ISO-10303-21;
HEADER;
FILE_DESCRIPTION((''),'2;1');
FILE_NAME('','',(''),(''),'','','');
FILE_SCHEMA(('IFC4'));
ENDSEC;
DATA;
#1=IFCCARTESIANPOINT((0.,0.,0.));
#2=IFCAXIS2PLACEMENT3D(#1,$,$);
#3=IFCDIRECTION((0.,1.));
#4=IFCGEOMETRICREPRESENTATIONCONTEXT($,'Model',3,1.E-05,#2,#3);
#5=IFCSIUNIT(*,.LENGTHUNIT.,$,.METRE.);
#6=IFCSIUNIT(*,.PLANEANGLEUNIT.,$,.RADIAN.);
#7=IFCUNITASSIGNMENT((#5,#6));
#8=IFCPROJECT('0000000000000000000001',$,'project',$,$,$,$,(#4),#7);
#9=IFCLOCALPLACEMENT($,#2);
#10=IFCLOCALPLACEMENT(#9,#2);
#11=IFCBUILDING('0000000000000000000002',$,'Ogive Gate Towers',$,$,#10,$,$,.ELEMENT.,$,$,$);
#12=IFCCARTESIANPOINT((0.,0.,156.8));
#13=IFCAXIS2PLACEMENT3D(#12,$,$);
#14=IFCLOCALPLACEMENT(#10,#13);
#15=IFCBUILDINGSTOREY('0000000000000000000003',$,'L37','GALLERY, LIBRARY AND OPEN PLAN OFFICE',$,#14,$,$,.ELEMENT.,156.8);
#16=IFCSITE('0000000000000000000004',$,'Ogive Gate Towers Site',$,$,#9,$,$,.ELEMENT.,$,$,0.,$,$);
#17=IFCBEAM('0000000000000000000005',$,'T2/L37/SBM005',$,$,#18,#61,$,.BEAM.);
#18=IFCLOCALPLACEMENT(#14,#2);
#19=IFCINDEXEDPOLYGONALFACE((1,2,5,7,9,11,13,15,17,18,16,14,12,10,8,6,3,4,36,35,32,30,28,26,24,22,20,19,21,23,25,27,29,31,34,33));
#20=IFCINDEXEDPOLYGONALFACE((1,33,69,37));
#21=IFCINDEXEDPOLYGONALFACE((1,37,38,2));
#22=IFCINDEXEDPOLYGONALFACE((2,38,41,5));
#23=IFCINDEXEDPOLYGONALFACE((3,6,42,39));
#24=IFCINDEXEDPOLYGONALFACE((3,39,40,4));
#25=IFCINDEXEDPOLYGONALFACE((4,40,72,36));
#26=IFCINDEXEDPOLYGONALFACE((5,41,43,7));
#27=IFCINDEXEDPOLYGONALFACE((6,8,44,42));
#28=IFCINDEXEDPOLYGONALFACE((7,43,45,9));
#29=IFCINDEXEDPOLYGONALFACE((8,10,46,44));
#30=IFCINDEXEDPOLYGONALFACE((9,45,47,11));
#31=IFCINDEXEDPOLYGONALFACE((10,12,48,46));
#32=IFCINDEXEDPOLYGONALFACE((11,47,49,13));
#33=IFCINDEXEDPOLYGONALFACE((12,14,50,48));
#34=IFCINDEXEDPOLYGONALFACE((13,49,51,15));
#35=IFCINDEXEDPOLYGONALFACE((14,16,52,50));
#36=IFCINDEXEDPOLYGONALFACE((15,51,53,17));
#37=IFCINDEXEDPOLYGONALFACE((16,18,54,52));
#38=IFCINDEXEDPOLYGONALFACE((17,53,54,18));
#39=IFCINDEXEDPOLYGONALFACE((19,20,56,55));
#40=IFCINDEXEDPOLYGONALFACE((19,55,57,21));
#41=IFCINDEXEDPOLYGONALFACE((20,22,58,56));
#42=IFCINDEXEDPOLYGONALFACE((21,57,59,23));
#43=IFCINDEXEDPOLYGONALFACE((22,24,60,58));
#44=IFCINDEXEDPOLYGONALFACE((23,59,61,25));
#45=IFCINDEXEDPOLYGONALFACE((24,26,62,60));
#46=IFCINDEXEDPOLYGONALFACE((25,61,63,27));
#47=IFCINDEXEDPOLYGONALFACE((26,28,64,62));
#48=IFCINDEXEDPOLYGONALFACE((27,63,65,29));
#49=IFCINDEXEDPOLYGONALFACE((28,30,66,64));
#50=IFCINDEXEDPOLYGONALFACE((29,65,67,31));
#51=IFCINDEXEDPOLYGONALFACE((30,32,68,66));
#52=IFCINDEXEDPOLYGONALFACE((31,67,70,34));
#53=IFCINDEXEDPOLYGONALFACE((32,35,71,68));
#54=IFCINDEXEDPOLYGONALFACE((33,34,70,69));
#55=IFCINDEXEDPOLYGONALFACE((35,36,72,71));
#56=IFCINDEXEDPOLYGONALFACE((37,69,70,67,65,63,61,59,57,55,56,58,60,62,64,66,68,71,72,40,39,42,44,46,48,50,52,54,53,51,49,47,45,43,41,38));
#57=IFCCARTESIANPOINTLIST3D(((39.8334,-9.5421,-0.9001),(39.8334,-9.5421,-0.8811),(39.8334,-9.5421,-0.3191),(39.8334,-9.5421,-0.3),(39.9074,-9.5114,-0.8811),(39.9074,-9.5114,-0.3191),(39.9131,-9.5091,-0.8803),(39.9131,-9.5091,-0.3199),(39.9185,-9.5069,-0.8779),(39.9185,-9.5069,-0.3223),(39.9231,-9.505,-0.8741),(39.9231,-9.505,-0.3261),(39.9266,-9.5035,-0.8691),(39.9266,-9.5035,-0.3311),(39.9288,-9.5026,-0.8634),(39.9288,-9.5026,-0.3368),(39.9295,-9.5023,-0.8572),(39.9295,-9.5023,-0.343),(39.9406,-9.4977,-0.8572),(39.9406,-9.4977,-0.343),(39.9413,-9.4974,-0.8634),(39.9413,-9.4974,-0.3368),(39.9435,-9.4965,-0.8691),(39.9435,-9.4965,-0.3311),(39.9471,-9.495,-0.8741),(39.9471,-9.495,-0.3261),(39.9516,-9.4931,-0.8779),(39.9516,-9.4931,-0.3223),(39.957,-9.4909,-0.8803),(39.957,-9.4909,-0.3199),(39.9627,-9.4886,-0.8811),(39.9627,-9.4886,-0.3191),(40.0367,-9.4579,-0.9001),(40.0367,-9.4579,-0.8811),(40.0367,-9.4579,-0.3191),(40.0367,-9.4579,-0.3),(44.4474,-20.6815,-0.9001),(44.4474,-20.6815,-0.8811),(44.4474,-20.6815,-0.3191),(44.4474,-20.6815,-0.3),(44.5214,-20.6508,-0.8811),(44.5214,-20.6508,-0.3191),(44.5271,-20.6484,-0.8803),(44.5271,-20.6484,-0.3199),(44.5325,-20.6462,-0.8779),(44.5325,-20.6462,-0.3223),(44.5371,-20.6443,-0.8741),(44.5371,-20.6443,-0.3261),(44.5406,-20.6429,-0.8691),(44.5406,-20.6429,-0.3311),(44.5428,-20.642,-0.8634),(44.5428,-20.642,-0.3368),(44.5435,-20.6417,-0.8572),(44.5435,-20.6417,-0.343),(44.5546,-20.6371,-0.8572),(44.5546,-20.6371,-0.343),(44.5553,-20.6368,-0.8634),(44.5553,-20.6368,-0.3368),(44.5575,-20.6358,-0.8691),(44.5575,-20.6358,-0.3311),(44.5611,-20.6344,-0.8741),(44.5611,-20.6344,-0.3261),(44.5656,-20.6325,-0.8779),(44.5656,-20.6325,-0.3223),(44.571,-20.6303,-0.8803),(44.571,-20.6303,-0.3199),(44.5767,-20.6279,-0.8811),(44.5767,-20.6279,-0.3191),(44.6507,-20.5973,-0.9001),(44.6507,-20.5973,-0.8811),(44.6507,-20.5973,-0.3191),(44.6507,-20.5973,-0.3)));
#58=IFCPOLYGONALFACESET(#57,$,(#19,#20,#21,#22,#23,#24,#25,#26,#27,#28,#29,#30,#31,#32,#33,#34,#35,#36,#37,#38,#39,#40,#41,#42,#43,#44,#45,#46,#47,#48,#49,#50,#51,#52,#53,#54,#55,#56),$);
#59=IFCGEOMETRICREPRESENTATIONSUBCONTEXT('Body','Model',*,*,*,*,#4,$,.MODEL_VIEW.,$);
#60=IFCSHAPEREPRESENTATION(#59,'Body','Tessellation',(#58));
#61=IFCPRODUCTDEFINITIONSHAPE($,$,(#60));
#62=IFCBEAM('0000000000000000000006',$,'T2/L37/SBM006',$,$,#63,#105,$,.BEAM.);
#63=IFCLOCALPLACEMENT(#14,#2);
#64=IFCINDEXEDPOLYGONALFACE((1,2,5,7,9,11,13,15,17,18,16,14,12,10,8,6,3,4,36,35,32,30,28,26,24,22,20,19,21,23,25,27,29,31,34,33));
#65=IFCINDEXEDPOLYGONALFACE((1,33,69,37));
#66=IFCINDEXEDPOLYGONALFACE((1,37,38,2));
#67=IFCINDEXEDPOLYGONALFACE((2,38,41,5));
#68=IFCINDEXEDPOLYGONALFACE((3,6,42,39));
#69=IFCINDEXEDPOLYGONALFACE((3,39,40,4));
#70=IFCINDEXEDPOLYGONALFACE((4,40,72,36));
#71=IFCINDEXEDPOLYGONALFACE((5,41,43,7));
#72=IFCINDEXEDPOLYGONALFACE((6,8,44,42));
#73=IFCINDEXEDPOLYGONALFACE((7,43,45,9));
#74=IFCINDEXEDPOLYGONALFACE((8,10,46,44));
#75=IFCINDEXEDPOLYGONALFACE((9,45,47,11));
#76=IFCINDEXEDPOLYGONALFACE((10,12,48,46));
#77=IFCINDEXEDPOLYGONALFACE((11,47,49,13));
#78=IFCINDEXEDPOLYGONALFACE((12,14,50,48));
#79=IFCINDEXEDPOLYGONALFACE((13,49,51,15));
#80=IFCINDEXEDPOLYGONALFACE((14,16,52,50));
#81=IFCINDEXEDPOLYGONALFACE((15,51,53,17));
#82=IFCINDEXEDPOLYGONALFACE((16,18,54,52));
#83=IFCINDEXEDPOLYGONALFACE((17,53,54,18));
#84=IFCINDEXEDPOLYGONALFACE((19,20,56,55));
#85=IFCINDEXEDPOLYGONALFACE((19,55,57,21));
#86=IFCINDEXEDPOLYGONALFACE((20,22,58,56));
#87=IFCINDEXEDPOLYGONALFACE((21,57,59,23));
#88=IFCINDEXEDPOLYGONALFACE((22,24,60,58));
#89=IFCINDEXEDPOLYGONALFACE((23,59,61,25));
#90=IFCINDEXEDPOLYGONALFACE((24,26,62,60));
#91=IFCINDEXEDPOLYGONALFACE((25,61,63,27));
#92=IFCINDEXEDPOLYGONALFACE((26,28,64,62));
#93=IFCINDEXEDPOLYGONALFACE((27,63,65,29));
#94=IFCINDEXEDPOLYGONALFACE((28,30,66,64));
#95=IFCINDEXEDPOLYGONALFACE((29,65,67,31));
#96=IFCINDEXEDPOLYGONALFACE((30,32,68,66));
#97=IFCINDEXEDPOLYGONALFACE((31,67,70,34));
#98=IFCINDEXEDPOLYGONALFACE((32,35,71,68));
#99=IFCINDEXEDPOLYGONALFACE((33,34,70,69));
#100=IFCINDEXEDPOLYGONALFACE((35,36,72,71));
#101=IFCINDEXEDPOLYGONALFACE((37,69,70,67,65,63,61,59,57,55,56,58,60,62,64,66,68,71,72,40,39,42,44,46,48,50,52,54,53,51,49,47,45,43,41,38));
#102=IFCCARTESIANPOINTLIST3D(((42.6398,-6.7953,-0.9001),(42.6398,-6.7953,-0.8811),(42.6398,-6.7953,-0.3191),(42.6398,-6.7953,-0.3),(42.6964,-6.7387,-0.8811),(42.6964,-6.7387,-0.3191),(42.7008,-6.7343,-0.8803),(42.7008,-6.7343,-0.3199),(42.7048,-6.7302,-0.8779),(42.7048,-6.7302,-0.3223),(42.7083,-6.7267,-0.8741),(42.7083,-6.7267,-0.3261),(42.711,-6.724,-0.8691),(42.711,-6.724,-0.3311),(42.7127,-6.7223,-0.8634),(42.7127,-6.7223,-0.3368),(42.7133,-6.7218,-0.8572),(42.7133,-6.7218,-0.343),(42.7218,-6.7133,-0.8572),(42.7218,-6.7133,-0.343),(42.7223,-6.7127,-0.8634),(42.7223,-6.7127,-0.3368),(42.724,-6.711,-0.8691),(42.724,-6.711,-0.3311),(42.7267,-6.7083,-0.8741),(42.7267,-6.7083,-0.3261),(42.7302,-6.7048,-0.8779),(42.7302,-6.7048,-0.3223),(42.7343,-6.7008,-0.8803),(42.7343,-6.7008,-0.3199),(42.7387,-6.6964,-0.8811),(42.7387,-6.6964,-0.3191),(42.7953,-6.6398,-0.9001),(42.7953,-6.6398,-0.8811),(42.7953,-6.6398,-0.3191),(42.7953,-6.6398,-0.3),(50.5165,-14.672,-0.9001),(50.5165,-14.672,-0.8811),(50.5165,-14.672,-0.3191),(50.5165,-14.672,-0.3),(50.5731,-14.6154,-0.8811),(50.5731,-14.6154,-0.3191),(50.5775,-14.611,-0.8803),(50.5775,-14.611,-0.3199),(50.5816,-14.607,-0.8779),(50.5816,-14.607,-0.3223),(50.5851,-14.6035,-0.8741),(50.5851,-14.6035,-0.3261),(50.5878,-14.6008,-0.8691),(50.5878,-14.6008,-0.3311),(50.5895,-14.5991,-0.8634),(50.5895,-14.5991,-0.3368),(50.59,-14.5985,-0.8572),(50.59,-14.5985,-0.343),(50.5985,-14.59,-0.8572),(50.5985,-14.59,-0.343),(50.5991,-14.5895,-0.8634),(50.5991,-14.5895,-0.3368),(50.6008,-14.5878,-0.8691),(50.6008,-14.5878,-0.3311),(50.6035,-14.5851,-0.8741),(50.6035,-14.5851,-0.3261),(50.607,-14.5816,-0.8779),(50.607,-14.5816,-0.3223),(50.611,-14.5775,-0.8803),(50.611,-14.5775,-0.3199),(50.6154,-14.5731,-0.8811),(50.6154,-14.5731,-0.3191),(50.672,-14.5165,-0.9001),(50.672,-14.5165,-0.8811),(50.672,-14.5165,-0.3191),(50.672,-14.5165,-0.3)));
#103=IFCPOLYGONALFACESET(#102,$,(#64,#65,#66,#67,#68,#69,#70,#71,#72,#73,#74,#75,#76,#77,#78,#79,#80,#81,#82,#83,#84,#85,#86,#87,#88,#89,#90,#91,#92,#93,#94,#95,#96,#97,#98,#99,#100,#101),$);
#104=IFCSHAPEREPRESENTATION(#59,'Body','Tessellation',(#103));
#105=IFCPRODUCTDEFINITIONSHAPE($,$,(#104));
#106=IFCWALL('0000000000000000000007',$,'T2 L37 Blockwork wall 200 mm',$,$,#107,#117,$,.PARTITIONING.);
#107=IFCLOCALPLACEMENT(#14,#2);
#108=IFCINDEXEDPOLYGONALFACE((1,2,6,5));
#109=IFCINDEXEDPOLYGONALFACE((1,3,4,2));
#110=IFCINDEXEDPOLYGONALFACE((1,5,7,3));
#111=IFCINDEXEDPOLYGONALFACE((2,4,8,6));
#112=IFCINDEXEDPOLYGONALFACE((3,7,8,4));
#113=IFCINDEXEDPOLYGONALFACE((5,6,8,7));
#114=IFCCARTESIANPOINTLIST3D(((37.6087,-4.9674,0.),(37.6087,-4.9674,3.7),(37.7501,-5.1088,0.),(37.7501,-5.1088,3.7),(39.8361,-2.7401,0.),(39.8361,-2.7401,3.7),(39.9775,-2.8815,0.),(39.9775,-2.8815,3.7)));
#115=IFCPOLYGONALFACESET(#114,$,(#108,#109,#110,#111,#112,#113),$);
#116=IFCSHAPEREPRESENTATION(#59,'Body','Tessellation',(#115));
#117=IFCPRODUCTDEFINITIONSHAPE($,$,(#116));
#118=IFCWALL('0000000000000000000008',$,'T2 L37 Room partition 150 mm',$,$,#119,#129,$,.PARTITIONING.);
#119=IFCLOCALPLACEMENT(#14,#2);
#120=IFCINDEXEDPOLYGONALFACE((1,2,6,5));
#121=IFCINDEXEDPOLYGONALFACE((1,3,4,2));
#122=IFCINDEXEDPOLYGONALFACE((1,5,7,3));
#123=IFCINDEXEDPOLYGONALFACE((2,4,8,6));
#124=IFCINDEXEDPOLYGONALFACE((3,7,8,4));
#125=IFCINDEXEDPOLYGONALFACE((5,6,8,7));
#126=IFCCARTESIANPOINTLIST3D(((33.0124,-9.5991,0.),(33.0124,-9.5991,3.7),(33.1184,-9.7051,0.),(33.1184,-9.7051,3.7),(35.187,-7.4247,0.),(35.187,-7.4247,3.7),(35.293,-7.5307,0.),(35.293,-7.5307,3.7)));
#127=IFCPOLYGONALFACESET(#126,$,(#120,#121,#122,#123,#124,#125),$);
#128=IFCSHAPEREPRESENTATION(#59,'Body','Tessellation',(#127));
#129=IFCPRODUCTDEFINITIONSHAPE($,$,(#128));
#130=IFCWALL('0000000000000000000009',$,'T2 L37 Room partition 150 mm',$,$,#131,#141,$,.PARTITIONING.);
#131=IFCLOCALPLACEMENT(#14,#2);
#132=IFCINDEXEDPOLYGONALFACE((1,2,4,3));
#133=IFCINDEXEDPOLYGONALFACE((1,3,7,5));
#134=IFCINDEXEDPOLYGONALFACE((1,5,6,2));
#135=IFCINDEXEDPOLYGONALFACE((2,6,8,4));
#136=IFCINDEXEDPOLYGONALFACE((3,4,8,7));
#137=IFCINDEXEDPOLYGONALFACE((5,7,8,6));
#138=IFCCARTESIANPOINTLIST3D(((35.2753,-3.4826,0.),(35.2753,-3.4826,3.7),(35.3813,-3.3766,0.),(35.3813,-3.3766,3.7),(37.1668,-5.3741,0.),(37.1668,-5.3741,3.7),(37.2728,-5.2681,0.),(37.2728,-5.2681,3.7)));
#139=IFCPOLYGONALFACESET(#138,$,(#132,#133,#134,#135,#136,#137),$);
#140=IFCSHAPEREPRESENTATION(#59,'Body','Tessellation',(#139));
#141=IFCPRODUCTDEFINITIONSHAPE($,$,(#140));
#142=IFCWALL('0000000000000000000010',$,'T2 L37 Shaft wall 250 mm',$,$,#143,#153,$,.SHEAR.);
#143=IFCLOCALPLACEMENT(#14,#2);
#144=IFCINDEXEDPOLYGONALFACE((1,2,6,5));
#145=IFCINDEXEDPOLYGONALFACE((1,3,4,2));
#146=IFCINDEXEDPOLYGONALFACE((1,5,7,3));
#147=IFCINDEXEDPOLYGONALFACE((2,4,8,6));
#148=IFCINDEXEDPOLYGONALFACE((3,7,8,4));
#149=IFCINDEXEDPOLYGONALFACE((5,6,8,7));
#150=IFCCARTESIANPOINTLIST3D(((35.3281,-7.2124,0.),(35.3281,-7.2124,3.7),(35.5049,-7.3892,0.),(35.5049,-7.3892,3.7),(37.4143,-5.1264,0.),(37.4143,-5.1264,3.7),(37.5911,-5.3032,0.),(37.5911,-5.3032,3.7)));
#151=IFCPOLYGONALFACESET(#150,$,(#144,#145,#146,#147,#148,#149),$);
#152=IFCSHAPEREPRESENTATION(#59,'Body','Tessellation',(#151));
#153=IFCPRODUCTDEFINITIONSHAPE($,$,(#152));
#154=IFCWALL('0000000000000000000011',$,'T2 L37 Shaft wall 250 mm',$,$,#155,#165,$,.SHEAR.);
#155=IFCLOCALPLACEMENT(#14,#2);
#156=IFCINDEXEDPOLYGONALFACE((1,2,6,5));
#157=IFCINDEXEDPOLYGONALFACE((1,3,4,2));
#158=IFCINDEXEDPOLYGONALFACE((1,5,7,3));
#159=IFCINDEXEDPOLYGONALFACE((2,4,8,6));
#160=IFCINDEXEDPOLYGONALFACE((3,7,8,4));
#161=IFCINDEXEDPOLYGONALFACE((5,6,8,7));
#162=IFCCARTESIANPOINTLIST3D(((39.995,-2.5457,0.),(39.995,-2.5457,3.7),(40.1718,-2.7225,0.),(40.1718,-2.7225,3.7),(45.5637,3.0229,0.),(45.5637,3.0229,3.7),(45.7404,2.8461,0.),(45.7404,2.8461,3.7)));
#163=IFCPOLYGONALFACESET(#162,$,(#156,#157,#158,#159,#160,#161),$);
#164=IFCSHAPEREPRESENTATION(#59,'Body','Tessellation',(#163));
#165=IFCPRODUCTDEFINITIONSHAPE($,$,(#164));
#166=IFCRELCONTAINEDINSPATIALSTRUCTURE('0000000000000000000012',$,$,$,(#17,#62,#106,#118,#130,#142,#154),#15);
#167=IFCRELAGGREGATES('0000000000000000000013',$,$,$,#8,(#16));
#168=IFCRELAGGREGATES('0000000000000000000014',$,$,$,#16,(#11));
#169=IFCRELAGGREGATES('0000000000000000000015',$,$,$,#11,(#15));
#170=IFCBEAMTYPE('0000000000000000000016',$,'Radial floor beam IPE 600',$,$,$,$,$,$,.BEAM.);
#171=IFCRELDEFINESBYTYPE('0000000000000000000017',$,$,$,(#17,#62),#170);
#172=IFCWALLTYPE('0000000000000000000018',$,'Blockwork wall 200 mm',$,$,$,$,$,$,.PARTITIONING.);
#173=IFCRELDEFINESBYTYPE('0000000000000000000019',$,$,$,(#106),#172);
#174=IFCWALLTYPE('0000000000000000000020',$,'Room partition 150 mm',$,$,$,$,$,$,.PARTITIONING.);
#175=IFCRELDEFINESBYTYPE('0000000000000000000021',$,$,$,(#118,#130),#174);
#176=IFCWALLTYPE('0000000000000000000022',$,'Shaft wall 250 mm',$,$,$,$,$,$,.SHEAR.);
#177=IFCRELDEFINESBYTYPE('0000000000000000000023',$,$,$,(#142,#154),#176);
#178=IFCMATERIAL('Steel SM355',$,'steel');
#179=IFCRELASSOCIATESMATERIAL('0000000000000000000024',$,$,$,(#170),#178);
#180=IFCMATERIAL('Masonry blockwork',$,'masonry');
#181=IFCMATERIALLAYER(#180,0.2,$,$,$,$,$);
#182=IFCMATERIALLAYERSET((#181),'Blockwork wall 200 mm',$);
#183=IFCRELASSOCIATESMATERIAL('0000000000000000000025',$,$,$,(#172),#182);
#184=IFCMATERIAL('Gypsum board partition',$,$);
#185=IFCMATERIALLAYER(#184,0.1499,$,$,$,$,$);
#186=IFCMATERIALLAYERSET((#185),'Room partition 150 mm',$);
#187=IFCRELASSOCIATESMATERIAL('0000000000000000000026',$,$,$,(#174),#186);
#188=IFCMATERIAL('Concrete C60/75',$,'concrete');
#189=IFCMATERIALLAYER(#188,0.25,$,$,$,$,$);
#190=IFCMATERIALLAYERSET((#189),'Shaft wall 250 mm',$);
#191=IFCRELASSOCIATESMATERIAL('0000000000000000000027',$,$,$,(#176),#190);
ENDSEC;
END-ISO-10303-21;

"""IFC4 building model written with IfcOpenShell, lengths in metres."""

from ifc_helpers import new_model, si_unit, direction, frame, frame_2d, origin, origin_2d, place, context, subcontext, project, spatial, rectangle, i_section, extrude, material, layer, layer_set, material_profile, profile_set, type_object, element, save


model = new_model("IFC4")

# Units and contexts
model_context = context("Model", 3, precision=1e-05, world=origin(), true_north=direction((0.0, 1.0)))
body_context = subcontext(model_context, "Body", "Model", "MODEL_VIEW")
ifc_project = project(units=[si_unit("LENGTHUNIT", "METRE"), si_unit("PLANEANGLEUNIT", "RADIAN")], contexts=[model_context])

# Site, building, storey
site_placement = place(None, origin())
site = spatial("IfcSite", under=ifc_project, at=site_placement, Name="Ogive Gate Towers Site", CompositionType="ELEMENT", RefElevation=0.0)
building_placement = place(site_placement, origin())
building = spatial("IfcBuilding", under=site, at=building_placement, Name="Ogive Gate Towers", CompositionType="ELEMENT")
storey_placement = place(building_placement, frame((0.0, 0.0, 156.8)))
storey = spatial("IfcBuildingStorey", under=building, at=storey_placement, Name="L37", Description="GALLERY, LIBRARY AND OPEN PLAN OFFICE", CompositionType="ELEMENT", Elevation=156.8)

# Beams
ifc_material_1 = material(Name="Steel SM355", Category="steel")
ifc_material_profile = material_profile(ifc_material_1, i_section(OverallWidth=0.22, OverallDepth=0.6001, WebThickness=0.012, FlangeThickness=0.019, FilletRadius=0.0239, at=origin_2d()), Name="IPE 600")
ifc_profile_set = profile_set([ifc_material_profile], Name="Steel SM355")
beam_type = type_object("IfcBeamType", Name="Radial floor beam IPE 600", PredefinedType="BEAM", material=ifc_profile_set)
beam_1_placement = place(storey_placement, frame((39.9351, -9.5, -0.6001), z_axis=(0.382678, -0.923882, 0.0), x_axis=(0.923882, 0.382678, 0.0)))
element("IfcBeam", 1, at=beam_1_placement, inside=storey, type_object=beam_type, Name="T2/L37/SBM005", PredefinedType="BEAM", context=body_context, shape_type="SweptSolid", body=[
    extrude(i_section(OverallWidth=0.22, OverallDepth=0.6001, WebThickness=0.012, FlangeThickness=0.019, FilletRadius=0.0239, at=origin_2d()), origin(), (0.0, 0.0, 1.0), 12.0571),
])
beam_2_placement = place(storey_placement, frame((42.7175, -6.7175, -0.6001), z_axis=(0.707107, -0.707107, 0.0), x_axis=(0.707107, 0.707107, 0.0)))
element("IfcBeam", 2, at=beam_2_placement, inside=storey, type_object=beam_type, Name="T2/L37/SBM006", PredefinedType="BEAM", context=body_context, shape_type="SweptSolid", body=[
    extrude(i_section(OverallWidth=0.22, OverallDepth=0.6001, WebThickness=0.012, FlangeThickness=0.019, FilletRadius=0.0239, at=origin_2d()), origin(), (0.0, 0.0, 1.0), 11.1394),
])

# Walls
ifc_material_2 = material(Name="Masonry blockwork", Category="masonry")
ifc_layer_1 = layer(ifc_material_2, 0.2)
ifc_layer_set_1 = layer_set([ifc_layer_1], Name="Blockwork wall 200 mm")
wall_type_1 = type_object("IfcWallType", Name="Blockwork wall 200 mm", PredefinedType="PARTITIONING", material=ifc_layer_set_1)
wall_1_placement = place(storey_placement, frame((37.6794, -5.0381, 0.0), z_axis=(0.0, 0.0, 1.0), x_axis=(0.707107, 0.707107, 0.0)))
element("IfcWall", 3, at=wall_1_placement, inside=storey, type_object=wall_type_1, Name="T2 L37 Blockwork wall 200 mm", PredefinedType="PARTITIONING", context=body_context, shape_type="SweptSolid", body=[
    extrude(rectangle(XDim=3.1499, YDim=0.2, at=frame_2d((1.575, 0.0))), origin(), (0.0, 0.0, 1.0), 3.7),
])
ifc_material_3 = material(Name="Gypsum board partition")
ifc_layer_2 = layer(ifc_material_3, 0.1499)
ifc_layer_set_2 = layer_set([ifc_layer_2], Name="Room partition 150 mm")
wall_type_2 = type_object("IfcWallType", Name="Room partition 150 mm", PredefinedType="PARTITIONING", material=ifc_layer_set_2)
wall_2_placement = place(storey_placement, frame((33.0654, -9.6521, 0.0), z_axis=(0.0, 0.0, 1.0), x_axis=(0.707146, 0.707067, 0.0)))
element("IfcWall", 4, at=wall_2_placement, inside=storey, type_object=wall_type_2, Name="T2 L37 Room partition 150 mm", PredefinedType="PARTITIONING", context=body_context, shape_type="SweptSolid", body=[
    extrude(rectangle(XDim=3.0752, YDim=0.1499, at=frame_2d((1.5376, 0.0))), origin(), (0.0, 0.0, 1.0), 3.7),
])
wall_3_placement = place(storey_placement, frame((37.2197, -5.321, 0.0), z_axis=(0.0, 0.0, 1.0), x_axis=(-0.707107, 0.707107, 0.0)))
element("IfcWall", 5, at=wall_3_placement, inside=storey, type_object=wall_type_2, Name="T2 L37 Room partition 150 mm", PredefinedType="PARTITIONING", context=body_context, shape_type="SweptSolid", body=[
    extrude(rectangle(XDim=2.675, YDim=0.1499, at=frame_2d((1.3374, 0.0))), origin(), (0.0, 0.0, 1.0), 3.7),
])
ifc_material_4 = material(Name="Concrete C60/75", Category="concrete")
ifc_layer_3 = layer(ifc_material_4, 0.25)
ifc_layer_set_3 = layer_set([ifc_layer_3], Name="Shaft wall 250 mm")
wall_type_3 = type_object("IfcWallType", Name="Shaft wall 250 mm", PredefinedType="SHEAR", material=ifc_layer_set_3)
wall_4_placement = place(storey_placement, frame((35.4165, -7.3008, 0.0), z_axis=(0.0, 0.0, 1.0), x_axis=(0.707148, 0.707065, 0.0)))
element("IfcWall", 6, at=wall_4_placement, inside=storey, type_object=wall_type_3, Name="T2 L37 Shaft wall 250 mm", PredefinedType="SHEAR", context=body_context, shape_type="SweptSolid", body=[
    extrude(rectangle(XDim=2.9502, YDim=0.25, at=frame_2d((1.4751, 0.0))), origin(), (0.0, 0.0, 1.0), 3.7),
])
wall_5_placement = place(storey_placement, frame((40.0835, -2.634, 0.0), z_axis=(0.0, 0.0, 1.0), x_axis=(0.707107, 0.707107, 0.0)))
element("IfcWall", 7, at=wall_5_placement, inside=storey, type_object=wall_type_3, Name="T2 L37 Shaft wall 250 mm", PredefinedType="SHEAR", context=body_context, shape_type="SweptSolid", body=[
    extrude(rectangle(XDim=7.8752, YDim=0.25, at=frame_2d((3.9375, 0.0))), origin(), (0.0, 0.0, 1.0), 3.7),
])

save(model, "model.ifc")
